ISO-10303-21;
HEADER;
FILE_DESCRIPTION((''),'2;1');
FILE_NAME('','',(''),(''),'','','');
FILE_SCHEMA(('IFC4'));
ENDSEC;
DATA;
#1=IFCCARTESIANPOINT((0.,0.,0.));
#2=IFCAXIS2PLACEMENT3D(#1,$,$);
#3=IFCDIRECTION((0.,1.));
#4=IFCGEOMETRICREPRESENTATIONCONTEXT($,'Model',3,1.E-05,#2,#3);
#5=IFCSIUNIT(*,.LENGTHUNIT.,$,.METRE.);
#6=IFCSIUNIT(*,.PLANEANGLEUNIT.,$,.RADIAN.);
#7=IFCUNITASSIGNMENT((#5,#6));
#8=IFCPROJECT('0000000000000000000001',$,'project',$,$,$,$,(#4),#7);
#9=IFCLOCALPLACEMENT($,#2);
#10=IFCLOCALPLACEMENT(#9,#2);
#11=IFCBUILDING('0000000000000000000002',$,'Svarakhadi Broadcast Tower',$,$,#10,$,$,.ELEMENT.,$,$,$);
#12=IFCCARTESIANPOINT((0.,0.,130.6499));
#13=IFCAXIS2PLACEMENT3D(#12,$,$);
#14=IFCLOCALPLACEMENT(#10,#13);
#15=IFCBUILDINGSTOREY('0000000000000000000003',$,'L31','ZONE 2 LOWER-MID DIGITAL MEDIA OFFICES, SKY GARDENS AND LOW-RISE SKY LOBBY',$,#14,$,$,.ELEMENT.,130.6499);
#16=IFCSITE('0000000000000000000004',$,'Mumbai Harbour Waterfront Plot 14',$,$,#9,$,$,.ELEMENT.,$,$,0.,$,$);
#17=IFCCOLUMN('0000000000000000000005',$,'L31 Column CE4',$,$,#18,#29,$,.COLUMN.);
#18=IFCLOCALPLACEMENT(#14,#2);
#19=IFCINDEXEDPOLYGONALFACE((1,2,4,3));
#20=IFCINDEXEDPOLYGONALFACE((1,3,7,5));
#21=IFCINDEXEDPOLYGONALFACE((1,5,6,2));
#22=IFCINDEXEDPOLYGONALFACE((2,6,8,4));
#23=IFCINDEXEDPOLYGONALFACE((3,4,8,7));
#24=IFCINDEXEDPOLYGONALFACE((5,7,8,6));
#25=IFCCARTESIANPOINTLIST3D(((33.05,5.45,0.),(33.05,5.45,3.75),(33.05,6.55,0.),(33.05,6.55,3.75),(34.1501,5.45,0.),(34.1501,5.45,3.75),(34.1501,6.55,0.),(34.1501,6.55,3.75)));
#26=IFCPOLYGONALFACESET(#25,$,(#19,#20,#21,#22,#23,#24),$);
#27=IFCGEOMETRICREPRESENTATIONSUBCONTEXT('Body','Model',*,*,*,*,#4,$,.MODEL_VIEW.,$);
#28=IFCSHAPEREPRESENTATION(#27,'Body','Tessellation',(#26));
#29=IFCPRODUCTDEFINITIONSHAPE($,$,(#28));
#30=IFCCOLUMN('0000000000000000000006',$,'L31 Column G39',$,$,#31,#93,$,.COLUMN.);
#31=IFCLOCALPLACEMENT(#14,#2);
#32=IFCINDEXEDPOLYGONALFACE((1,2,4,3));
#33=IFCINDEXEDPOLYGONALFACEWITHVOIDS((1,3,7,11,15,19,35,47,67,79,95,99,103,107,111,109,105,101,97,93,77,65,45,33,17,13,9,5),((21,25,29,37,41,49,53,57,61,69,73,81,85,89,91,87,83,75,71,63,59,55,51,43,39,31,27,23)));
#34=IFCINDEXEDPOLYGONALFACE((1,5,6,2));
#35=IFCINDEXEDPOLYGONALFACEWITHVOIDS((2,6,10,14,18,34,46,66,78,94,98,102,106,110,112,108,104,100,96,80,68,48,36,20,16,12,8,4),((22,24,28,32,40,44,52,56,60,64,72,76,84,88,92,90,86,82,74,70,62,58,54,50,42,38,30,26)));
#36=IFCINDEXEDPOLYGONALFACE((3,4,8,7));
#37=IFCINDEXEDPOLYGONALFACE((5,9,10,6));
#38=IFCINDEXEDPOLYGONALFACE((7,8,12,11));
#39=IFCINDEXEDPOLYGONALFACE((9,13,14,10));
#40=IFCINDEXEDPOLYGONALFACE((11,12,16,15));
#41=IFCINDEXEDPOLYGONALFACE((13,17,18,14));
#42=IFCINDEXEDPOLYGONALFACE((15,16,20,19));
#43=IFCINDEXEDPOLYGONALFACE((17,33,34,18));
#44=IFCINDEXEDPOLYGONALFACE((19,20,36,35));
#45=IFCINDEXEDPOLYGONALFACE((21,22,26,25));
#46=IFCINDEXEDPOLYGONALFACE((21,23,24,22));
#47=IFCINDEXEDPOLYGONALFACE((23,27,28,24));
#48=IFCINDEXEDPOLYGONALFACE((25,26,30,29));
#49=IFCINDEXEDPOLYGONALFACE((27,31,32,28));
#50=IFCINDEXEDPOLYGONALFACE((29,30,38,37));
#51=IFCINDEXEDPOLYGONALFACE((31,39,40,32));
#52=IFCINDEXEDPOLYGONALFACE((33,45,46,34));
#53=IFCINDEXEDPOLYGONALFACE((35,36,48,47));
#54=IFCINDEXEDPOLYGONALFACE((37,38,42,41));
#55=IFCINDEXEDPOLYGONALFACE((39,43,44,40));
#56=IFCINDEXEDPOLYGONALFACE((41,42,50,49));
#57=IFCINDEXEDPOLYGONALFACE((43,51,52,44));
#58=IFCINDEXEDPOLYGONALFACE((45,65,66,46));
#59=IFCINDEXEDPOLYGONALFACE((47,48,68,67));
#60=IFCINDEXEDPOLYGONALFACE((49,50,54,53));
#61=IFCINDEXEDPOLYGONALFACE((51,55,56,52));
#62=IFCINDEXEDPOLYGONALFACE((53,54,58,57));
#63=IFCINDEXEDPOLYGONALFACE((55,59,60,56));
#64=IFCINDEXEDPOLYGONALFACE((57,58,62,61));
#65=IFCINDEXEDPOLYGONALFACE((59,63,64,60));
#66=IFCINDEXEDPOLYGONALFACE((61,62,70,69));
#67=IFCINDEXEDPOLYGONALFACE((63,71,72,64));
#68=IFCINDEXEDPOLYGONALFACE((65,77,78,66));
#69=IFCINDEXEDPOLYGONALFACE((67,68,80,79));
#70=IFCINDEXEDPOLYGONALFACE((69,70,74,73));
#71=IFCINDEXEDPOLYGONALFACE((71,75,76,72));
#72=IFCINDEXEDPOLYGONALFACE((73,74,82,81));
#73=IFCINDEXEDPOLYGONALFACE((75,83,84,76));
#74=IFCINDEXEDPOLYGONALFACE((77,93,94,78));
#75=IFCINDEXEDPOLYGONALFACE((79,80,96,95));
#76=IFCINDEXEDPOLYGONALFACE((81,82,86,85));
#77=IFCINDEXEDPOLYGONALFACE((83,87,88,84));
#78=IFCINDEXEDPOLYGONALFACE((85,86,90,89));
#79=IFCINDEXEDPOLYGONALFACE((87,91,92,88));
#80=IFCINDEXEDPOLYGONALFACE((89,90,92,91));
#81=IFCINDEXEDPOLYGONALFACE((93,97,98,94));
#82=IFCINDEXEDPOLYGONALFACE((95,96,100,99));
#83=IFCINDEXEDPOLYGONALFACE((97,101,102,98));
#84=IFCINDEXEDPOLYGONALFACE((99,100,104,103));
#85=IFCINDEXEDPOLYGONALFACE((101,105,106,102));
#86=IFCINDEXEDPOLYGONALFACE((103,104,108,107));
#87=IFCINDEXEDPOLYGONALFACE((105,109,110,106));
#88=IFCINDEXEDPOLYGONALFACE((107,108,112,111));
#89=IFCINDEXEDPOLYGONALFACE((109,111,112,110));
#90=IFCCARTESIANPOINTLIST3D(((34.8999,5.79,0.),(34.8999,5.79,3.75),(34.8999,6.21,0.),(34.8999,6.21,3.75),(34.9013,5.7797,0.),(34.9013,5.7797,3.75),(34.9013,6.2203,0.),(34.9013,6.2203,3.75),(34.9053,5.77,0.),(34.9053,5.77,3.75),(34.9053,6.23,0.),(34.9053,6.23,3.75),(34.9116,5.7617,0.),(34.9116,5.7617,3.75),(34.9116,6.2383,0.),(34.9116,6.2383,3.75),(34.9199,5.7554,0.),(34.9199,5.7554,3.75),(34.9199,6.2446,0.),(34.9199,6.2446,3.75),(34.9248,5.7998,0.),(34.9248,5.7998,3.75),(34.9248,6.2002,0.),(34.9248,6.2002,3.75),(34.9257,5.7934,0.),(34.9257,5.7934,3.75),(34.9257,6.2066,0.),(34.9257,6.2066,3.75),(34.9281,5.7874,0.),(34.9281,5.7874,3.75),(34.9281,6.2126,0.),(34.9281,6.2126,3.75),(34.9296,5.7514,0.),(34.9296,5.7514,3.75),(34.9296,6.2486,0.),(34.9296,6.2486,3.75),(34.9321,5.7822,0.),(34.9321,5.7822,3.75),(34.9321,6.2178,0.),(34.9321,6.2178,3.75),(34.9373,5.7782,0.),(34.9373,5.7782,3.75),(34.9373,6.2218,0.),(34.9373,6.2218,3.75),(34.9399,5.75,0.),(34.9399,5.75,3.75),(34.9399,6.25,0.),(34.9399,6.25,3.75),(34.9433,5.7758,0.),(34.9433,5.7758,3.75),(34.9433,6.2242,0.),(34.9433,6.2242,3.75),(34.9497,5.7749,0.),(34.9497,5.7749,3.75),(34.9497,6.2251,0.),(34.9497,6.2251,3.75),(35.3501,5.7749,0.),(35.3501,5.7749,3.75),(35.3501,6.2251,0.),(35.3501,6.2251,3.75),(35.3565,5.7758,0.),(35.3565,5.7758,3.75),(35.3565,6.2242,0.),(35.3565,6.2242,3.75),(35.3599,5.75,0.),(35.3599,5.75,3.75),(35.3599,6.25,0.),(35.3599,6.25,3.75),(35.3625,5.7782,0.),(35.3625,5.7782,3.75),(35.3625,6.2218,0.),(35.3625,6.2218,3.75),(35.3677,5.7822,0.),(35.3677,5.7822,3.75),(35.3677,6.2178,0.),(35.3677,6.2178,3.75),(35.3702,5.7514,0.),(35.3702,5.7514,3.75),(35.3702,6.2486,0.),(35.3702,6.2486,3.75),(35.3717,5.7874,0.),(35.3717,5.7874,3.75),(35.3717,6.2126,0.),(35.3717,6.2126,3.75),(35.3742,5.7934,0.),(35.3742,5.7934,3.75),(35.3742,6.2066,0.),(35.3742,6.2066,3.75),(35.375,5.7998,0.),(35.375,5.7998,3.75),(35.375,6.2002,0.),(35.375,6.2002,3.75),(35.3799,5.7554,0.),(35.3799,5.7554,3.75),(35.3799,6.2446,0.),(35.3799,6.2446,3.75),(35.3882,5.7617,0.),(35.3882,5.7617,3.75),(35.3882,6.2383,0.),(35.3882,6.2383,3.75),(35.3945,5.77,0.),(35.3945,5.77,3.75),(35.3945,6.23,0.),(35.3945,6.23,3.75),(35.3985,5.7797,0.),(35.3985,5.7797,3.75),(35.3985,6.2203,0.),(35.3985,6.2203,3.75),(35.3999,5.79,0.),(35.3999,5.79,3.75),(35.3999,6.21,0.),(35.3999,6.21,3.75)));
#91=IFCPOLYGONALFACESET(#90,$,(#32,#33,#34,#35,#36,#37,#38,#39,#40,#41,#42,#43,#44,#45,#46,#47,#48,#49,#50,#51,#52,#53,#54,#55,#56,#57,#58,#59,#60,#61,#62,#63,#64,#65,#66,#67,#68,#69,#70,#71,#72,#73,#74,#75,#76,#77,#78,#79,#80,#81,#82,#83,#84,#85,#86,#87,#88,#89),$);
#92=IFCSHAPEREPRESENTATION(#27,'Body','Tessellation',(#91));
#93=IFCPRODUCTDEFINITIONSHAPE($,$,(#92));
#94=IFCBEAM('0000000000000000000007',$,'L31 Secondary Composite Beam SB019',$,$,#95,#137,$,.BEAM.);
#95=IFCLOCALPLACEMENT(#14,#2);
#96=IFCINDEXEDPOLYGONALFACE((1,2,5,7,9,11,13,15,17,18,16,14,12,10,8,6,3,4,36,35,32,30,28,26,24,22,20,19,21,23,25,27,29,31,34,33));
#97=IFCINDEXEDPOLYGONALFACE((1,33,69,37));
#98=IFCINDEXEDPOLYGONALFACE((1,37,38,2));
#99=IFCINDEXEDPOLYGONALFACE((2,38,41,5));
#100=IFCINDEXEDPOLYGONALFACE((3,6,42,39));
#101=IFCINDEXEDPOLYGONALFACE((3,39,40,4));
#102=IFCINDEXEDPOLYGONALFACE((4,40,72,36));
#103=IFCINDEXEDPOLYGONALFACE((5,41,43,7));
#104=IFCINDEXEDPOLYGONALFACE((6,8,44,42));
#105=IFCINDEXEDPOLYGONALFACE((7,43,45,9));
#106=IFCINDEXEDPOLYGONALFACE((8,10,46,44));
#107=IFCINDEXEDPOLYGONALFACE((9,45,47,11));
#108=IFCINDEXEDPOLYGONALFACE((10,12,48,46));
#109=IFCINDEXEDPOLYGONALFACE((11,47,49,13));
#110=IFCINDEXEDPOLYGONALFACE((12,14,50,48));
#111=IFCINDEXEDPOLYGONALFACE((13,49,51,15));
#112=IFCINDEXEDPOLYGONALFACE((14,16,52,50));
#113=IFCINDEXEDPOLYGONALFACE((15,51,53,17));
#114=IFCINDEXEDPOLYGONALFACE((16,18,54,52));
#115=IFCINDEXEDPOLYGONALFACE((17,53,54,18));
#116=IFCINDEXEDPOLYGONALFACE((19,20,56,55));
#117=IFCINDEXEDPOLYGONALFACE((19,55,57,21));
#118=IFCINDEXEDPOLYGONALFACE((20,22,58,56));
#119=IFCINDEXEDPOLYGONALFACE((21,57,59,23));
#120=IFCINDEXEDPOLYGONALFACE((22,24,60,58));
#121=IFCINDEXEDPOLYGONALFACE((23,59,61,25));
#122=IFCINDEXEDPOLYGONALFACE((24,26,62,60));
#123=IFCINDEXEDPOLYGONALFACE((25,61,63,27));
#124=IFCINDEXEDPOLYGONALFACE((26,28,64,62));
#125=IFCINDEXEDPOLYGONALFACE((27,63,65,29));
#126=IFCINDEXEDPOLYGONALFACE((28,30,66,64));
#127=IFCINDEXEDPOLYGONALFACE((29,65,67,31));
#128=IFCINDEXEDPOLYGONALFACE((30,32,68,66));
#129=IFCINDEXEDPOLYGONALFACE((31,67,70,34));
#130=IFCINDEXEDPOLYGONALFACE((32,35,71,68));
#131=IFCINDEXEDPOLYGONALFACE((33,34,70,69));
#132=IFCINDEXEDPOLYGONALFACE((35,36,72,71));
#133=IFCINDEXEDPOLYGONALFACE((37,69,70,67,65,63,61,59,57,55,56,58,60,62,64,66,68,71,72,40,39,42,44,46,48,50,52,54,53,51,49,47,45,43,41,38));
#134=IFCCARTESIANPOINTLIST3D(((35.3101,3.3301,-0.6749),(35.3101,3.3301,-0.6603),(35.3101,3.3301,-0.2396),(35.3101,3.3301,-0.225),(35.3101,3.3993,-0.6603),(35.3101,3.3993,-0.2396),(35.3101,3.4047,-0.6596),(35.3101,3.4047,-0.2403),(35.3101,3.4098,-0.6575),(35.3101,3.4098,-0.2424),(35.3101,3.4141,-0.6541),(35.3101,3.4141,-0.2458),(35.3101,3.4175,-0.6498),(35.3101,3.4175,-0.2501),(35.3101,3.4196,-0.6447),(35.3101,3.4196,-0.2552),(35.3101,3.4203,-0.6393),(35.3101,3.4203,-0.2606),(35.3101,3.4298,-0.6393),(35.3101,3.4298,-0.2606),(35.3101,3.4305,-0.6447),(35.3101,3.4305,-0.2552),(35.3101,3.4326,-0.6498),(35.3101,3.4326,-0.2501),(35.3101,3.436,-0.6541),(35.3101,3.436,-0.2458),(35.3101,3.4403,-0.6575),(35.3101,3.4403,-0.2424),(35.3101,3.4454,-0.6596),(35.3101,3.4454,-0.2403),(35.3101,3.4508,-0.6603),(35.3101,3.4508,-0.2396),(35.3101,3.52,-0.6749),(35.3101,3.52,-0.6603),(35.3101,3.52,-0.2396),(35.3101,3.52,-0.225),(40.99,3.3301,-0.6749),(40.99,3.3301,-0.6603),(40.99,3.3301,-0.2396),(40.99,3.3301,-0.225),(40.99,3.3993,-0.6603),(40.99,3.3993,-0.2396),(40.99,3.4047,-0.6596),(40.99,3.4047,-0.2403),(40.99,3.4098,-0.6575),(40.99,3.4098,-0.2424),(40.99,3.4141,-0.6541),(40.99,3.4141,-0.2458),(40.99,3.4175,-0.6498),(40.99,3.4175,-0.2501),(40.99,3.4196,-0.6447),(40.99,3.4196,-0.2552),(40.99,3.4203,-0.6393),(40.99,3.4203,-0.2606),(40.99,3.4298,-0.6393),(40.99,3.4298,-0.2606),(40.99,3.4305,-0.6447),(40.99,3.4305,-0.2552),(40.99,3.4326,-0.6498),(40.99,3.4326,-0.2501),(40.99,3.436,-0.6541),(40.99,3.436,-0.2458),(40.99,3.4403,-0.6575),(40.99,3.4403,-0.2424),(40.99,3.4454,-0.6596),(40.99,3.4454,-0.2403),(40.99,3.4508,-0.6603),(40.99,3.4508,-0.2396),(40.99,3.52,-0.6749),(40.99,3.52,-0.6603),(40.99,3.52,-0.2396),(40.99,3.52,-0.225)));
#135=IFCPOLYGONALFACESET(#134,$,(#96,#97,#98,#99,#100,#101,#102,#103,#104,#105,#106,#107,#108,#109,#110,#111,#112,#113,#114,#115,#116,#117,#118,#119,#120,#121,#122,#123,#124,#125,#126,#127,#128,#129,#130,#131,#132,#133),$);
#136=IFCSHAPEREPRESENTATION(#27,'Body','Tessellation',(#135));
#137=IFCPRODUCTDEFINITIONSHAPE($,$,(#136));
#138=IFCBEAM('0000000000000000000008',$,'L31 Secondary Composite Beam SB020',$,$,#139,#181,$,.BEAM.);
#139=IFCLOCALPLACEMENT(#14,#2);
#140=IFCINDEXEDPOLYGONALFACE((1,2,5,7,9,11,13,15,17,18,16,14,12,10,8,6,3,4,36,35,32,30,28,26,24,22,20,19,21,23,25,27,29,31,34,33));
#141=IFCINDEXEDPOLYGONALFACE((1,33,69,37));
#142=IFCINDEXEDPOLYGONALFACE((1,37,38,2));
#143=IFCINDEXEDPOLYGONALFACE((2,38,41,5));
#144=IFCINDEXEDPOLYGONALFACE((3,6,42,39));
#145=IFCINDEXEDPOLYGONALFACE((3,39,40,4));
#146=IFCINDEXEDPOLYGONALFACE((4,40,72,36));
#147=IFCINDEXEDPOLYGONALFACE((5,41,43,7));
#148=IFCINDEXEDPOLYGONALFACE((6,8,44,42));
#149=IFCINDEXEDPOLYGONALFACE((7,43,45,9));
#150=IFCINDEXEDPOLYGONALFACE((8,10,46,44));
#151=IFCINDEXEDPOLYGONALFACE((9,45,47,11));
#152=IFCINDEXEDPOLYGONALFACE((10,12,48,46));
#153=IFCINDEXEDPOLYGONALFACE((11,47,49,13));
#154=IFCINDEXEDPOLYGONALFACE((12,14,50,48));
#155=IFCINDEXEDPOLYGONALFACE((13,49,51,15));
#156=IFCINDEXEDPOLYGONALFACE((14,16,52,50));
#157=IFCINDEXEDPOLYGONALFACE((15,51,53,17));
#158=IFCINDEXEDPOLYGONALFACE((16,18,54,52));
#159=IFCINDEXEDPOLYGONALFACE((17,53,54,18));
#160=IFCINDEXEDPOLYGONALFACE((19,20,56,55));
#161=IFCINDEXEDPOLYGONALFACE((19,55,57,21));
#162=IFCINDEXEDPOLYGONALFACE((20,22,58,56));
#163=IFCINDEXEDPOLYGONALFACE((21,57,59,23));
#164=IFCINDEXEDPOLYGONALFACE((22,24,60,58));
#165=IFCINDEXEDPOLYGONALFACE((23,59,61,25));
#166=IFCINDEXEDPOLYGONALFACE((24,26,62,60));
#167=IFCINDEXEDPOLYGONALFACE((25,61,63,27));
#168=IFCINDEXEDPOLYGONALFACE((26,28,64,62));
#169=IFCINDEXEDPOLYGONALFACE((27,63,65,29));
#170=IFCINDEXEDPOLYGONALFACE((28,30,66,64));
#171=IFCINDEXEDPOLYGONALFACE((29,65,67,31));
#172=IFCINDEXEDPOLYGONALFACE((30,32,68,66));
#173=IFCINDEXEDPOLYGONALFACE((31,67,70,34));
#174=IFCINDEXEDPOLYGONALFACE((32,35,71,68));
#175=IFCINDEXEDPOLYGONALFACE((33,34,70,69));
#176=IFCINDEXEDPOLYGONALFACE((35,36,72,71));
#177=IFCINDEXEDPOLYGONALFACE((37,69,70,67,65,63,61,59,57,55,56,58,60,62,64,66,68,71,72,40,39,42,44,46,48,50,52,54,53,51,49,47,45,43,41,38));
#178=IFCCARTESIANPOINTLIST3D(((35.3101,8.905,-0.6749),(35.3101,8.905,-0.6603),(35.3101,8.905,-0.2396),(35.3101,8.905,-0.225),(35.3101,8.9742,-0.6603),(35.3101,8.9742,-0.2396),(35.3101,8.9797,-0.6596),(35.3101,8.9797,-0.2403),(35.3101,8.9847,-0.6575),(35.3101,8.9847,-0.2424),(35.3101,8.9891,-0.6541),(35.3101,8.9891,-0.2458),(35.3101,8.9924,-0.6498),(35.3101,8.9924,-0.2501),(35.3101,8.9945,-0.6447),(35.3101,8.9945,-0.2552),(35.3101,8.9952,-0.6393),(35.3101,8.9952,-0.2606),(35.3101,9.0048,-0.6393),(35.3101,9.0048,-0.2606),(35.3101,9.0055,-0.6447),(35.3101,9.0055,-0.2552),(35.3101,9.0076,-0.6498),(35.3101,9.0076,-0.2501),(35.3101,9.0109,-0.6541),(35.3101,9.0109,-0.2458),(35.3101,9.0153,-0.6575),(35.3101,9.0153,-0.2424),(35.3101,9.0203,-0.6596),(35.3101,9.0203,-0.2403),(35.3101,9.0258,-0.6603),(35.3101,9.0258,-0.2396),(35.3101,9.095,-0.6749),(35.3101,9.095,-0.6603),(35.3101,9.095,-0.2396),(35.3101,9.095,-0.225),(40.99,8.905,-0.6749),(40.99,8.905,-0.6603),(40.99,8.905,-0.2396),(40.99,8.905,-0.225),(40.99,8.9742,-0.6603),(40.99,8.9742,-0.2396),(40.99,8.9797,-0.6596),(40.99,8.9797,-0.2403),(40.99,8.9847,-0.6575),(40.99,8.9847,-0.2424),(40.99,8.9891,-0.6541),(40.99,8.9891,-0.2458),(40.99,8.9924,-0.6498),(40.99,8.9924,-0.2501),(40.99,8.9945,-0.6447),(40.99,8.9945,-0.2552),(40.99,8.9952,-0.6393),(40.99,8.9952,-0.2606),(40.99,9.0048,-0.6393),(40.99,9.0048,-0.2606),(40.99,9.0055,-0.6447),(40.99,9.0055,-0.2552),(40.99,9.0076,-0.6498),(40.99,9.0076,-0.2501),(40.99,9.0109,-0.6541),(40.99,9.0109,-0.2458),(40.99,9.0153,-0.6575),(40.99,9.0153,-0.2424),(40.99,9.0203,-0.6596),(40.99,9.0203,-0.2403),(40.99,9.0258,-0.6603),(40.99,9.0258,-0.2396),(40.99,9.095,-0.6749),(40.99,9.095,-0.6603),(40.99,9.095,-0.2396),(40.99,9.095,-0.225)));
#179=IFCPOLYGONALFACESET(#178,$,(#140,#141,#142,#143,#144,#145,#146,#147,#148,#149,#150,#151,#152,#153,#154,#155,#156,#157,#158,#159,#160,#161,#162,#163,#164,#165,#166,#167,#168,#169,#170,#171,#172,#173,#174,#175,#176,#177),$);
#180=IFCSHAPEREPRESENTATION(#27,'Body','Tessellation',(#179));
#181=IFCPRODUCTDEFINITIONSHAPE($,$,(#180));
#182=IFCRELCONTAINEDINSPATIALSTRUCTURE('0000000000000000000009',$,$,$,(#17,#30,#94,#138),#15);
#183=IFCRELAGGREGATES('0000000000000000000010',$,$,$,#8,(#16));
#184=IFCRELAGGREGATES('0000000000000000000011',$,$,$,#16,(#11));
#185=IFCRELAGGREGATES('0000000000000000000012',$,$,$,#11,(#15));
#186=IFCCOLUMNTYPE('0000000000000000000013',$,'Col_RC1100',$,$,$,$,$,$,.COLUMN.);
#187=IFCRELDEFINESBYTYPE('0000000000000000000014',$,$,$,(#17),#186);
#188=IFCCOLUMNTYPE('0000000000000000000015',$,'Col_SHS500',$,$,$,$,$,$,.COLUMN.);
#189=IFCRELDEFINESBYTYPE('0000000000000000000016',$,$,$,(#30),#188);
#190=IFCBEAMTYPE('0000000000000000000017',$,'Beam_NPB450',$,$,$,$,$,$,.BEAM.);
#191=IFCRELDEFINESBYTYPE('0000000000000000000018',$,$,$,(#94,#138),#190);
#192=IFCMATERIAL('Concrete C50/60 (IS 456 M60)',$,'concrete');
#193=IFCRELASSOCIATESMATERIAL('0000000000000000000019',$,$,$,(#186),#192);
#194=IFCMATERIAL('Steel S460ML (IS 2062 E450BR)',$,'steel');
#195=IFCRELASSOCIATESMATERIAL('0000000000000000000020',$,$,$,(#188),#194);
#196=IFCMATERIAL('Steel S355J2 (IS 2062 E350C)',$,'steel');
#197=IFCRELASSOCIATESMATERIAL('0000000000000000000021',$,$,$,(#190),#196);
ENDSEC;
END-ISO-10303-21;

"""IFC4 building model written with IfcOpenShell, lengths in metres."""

from ifc_helpers import new_model, si_unit, direction, frame, origin, origin_2d, place, context, subcontext, project, spatial, rectangle, hollow_rectangle, i_section, extrude, material, material_profile, profile_set, type_object, element, save


model = new_model("IFC4")

# Units and contexts
model_context = context("Model", 3, precision=1e-05, world=origin(), true_north=direction((0.0, 1.0)))
body_context = subcontext(model_context, "Body", "Model", "MODEL_VIEW")
ifc_project = project(units=[si_unit("LENGTHUNIT", "METRE"), si_unit("PLANEANGLEUNIT", "RADIAN")], contexts=[model_context])

# Site, building, storey
site_placement = place(None, origin())
site = spatial("IfcSite", under=ifc_project, at=site_placement, Name="Mumbai Harbour Waterfront Plot 14", CompositionType="ELEMENT", RefElevation=0.0)
building_placement = place(site_placement, origin())
building = spatial("IfcBuilding", under=site, at=building_placement, Name="Svarakhadi Broadcast Tower", CompositionType="ELEMENT")
storey_placement = place(building_placement, frame((0.0, 0.0, 130.6499)))
storey = spatial("IfcBuildingStorey", under=building, at=storey_placement, Name="L31", Description="ZONE 2 LOWER-MID DIGITAL MEDIA OFFICES, SKY GARDENS AND LOW-RISE SKY LOBBY", CompositionType="ELEMENT", Elevation=130.6499)

# Columns
ifc_material_1 = material(Name="Concrete C50/60 (IS 456 M60)", Category="concrete")
ifc_material_profile_1 = material_profile(ifc_material_1, rectangle(XDim=1.1001, YDim=1.1001, at=origin_2d()), Name="RC 1100x1100")
ifc_profile_set_1 = profile_set([ifc_material_profile_1], Name="Concrete C50/60 (IS 456 M60)")
column_type_1 = type_object("IfcColumnType", Name="Col_RC1100", PredefinedType="COLUMN", material=ifc_profile_set_1)
column_1_placement = place(storey_placement, frame((33.6001, 6.0, 0.0), z_axis=(0.0, 0.0, 1.0), x_axis=(1.0, 0.0, 0.0)))
element("IfcColumn", 1, at=column_1_placement, inside=storey, type_object=column_type_1, Name="L31 Column CE4", PredefinedType="COLUMN", context=body_context, shape_type="SweptSolid", body=[
    extrude(rectangle(XDim=1.1001, YDim=1.1001, at=origin_2d()), origin(), (0.0, 0.0, 1.0), 3.75),
])
ifc_material_2 = material(Name="Steel S460ML (IS 2062 E450BR)", Category="steel")
ifc_material_profile_2 = material_profile(ifc_material_2, hollow_rectangle(XDim=0.5, YDim=0.5, WallThickness=0.0249, InnerFilletRadius=0.0249, OuterFilletRadius=0.04, at=origin_2d()), Name="SHS 500x500x25")
ifc_profile_set_2 = profile_set([ifc_material_profile_2], Name="Steel S460ML (IS 2062 E450BR)")
column_type_2 = type_object("IfcColumnType", Name="Col_SHS500", PredefinedType="COLUMN", material=ifc_profile_set_2)
column_2_placement = place(storey_placement, frame((35.1499, 6.0, 0.0), z_axis=(0.0, 0.0, 1.0), x_axis=(1.0, 0.0, 0.0)))
element("IfcColumn", 2, at=column_2_placement, inside=storey, type_object=column_type_2, Name="L31 Column G39", PredefinedType="COLUMN", context=body_context, shape_type="SweptSolid", body=[
    extrude(hollow_rectangle(XDim=0.5, YDim=0.5, WallThickness=0.0249, InnerFilletRadius=0.0249, OuterFilletRadius=0.04, at=origin_2d()), origin(), (0.0, 0.0, 1.0), 3.75),
])

# Beams
ifc_material_3 = material(Name="Steel S355J2 (IS 2062 E350C)", Category="steel")
ifc_material_profile_3 = material_profile(ifc_material_3, i_section(OverallWidth=0.1899, OverallDepth=0.45, WebThickness=0.0095, FlangeThickness=0.0146, FilletRadius=0.021, at=origin_2d()), Name="NPB 450x190x78")
ifc_profile_set_3 = profile_set([ifc_material_profile_3], Name="Steel S355J2 (IS 2062 E350C)")
beam_type_1 = type_object("IfcBeamType", Name="Beam_NPB450", PredefinedType="BEAM", material=ifc_profile_set_3)
for number, where, z_axis, x_axis, name in (
    (3, (35.3101, 3.425, -0.45), (1.0, 0.0, 0.0), (0.0, 1.0, 0.0), "L31 Secondary Composite Beam SB019"),
    (4, (35.3101, 9.0, -0.45), (1.0, 0.0, 0.0), (0.0, 1.0, 0.0), "L31 Secondary Composite Beam SB020"),
):
    element("IfcBeam", number, at=place(storey_placement, frame(where, z_axis=z_axis, x_axis=x_axis)), inside=storey, type_object=beam_type_1, Name=name, PredefinedType="BEAM", context=body_context, shape_type="SweptSolid", body=[
        extrude(i_section(OverallWidth=0.1899, OverallDepth=0.45, WebThickness=0.0095, FlangeThickness=0.0146, FilletRadius=0.021, at=origin_2d()), origin(), (0.0, 0.0, 1.0), 5.6799),
    ])

save(model, "model.ifc")
